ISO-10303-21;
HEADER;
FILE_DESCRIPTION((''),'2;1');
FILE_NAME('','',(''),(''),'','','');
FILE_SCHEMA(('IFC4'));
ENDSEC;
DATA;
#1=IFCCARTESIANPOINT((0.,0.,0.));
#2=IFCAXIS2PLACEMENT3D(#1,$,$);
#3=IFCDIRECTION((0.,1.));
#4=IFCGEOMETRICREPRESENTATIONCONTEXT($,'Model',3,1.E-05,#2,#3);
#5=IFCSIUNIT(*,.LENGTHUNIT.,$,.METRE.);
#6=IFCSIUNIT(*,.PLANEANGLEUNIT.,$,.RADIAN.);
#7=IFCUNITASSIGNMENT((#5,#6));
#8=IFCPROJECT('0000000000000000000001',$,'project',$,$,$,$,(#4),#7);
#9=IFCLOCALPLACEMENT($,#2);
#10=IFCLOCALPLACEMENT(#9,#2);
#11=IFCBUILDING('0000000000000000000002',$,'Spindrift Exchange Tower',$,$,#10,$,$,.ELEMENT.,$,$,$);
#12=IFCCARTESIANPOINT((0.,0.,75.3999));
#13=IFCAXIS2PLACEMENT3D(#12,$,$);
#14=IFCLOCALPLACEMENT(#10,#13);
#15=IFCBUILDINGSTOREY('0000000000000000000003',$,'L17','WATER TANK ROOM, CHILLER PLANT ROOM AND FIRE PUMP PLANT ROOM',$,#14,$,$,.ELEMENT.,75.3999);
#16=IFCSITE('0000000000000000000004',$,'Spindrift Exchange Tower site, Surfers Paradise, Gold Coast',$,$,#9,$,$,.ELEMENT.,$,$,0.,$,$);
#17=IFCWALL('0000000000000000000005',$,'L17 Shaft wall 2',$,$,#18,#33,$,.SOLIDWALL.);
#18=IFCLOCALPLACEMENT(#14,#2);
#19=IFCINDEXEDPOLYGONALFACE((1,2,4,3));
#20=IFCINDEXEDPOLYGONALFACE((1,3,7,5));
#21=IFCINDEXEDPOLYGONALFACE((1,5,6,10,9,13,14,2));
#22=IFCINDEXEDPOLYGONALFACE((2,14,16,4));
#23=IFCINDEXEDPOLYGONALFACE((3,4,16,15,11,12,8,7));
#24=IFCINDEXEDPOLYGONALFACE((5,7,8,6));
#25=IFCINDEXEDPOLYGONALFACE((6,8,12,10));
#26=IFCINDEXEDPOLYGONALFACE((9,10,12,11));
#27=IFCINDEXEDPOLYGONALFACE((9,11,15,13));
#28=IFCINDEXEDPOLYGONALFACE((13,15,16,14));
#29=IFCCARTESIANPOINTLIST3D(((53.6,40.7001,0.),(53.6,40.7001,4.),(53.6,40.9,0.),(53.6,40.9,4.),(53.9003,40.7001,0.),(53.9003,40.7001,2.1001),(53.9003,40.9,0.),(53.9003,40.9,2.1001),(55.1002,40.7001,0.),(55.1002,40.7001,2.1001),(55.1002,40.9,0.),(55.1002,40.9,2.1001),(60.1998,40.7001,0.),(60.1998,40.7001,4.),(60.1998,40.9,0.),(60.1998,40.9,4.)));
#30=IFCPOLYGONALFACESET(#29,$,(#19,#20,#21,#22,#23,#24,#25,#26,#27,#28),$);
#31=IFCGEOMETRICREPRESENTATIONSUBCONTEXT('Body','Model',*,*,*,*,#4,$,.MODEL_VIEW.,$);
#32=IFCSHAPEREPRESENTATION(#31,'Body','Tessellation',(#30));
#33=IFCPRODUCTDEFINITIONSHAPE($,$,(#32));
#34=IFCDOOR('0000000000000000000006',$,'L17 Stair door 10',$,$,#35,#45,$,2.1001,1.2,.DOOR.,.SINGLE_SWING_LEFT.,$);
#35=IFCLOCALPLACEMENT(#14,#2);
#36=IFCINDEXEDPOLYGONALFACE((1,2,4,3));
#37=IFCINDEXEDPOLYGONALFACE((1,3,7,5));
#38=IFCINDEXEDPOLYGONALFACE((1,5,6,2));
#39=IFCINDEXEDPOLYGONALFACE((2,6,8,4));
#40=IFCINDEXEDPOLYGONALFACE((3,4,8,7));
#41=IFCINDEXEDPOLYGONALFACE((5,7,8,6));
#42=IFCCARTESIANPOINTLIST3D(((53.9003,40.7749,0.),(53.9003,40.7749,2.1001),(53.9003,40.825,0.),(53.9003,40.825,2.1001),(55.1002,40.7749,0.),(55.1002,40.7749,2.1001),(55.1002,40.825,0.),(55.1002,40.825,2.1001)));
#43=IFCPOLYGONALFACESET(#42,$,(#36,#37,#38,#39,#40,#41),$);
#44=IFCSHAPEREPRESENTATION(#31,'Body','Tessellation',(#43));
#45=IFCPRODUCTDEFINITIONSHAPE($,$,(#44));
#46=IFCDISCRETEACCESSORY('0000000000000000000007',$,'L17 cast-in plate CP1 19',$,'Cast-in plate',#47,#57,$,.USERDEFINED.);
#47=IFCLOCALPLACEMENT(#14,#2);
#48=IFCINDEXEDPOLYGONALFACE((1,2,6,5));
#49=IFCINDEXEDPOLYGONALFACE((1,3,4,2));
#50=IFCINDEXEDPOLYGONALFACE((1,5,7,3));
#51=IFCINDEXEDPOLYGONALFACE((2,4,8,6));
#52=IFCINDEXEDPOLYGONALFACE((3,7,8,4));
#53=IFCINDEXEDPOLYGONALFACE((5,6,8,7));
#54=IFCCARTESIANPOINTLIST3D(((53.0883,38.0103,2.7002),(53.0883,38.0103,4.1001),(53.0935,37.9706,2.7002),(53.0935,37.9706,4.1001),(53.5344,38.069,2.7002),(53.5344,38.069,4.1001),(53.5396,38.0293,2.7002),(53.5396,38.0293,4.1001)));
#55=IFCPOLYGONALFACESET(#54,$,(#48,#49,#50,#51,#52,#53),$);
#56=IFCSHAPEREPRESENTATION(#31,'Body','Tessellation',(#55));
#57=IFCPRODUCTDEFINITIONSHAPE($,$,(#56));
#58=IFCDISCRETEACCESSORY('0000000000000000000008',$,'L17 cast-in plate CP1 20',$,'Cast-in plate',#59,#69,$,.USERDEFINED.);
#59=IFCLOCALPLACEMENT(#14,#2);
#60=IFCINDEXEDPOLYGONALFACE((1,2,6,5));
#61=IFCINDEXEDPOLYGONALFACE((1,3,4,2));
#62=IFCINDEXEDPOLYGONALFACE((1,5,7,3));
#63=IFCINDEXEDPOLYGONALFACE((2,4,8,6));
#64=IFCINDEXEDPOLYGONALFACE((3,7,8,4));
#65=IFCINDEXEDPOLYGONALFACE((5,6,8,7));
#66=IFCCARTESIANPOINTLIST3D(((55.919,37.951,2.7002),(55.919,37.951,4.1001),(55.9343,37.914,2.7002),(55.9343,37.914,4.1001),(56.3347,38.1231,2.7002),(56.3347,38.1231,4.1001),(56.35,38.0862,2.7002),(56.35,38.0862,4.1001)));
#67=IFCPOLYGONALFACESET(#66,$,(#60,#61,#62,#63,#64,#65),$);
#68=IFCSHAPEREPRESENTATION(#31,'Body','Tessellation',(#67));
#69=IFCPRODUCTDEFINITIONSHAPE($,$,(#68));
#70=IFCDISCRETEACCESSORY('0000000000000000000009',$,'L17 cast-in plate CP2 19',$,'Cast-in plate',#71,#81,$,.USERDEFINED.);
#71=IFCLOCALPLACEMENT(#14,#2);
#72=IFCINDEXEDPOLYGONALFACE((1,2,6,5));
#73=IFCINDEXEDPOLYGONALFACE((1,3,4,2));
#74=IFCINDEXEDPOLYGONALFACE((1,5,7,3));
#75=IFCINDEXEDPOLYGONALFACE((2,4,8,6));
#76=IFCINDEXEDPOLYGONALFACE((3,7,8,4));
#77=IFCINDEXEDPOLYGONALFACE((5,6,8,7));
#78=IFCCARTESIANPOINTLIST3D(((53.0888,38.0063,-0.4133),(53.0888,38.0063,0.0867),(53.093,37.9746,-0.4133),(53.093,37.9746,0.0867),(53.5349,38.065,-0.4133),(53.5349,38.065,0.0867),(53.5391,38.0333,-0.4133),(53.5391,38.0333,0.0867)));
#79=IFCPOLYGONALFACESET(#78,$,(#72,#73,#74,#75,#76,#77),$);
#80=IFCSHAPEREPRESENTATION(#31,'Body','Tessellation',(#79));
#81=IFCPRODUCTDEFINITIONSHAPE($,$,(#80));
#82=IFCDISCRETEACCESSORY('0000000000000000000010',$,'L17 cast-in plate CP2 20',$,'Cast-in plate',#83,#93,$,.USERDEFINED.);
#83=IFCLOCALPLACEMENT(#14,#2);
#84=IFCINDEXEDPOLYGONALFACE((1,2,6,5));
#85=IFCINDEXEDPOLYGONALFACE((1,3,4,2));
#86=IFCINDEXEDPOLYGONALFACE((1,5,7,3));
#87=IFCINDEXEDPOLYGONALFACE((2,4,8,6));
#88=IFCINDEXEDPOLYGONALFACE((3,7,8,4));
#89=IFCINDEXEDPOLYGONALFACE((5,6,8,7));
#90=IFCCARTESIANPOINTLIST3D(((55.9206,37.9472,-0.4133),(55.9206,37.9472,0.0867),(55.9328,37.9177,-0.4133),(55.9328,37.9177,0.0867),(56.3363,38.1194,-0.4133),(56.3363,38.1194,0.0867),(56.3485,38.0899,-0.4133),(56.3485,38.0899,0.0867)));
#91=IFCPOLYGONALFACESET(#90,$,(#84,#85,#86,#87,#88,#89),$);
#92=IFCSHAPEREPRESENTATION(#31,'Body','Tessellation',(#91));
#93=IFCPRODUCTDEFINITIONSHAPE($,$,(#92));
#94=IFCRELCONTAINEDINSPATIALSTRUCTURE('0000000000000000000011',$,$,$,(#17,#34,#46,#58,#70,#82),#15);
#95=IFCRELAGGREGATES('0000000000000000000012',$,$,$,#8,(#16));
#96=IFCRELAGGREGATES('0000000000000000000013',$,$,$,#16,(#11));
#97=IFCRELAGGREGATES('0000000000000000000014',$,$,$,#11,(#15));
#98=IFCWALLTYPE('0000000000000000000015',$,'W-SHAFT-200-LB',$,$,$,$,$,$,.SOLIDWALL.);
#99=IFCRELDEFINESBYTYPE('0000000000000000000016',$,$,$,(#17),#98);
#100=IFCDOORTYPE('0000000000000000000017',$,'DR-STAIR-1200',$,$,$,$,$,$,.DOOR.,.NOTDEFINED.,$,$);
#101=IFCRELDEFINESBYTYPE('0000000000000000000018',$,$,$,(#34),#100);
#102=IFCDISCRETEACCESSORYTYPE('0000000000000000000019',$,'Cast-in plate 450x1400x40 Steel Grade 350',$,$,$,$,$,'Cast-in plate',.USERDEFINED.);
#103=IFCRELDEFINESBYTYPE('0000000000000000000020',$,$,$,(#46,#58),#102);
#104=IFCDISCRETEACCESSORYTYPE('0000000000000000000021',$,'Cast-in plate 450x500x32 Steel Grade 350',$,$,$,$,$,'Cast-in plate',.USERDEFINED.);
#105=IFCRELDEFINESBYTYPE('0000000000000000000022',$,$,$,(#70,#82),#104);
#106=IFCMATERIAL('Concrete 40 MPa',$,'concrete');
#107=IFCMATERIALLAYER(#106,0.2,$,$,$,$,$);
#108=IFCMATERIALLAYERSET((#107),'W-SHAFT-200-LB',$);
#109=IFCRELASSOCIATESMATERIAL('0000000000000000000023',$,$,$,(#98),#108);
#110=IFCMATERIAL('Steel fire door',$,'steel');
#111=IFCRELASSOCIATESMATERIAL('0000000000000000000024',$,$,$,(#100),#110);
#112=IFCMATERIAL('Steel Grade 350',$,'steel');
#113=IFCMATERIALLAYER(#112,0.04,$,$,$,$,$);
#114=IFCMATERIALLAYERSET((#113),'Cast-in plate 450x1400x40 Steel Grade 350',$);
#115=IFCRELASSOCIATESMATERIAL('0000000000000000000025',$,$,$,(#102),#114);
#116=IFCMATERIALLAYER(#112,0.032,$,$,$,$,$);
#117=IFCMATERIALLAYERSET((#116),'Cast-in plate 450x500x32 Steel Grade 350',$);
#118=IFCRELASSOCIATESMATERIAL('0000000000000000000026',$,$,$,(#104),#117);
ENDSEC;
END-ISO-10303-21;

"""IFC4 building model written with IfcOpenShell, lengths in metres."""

from ifc_helpers import new_model, si_unit, direction, frame, frame_2d, origin, origin_2d, place, context, subcontext, project, spatial, rectangle, extrude, source, transform, mapped, material, layer, layer_set, type_object, element, fill, save


model = new_model("IFC4")

# Units and contexts
model_context = context("Model", 3, precision=1e-05, world=origin(), true_north=direction((0.0, 1.0)))
body_context = subcontext(model_context, "Body", "Model", "MODEL_VIEW")
ifc_project = project(units=[si_unit("LENGTHUNIT", "METRE"), si_unit("PLANEANGLEUNIT", "RADIAN")], contexts=[model_context])

# Site, building, storey
site_placement = place(None, origin())
site = spatial("IfcSite", under=ifc_project, at=site_placement, Name="Spindrift Exchange Tower site, Surfers Paradise, Gold Coast", CompositionType="ELEMENT", RefElevation=0.0)
building_placement = place(site_placement, origin())
building = spatial("IfcBuilding", under=site, at=building_placement, Name="Spindrift Exchange Tower", CompositionType="ELEMENT")
storey_placement = place(building_placement, frame((0.0, 0.0, 75.3999)))
storey = spatial("IfcBuildingStorey", under=building, at=storey_placement, Name="L17", Description="WATER TANK ROOM, CHILLER PLANT ROOM AND FIRE PUMP PLANT ROOM", CompositionType="ELEMENT", Elevation=75.3999)

# Shared definitions
ifc_material_1 = material(Name="Steel fire door", Category="steel")

# Wall, opening, door
ifc_material_2 = material(Name="Concrete 40 MPa", Category="concrete")
ifc_layer_1 = layer(ifc_material_2, 0.2)
ifc_layer_set_1 = layer_set([ifc_layer_1], Name="W-SHAFT-200-LB")
wall_type_1 = type_object("IfcWallType", Name="W-SHAFT-200-LB", PredefinedType="SOLIDWALL", material=ifc_layer_set_1)
wall_1_placement = place(storey_placement, frame((53.6001, 40.8, 0.0), z_axis=(0.0, 0.0, 1.0), x_axis=(1.0, 0.0, 0.0)))
wall_1 = element("IfcWall", 1, at=wall_1_placement, inside=storey, type_object=wall_type_1, Name="L17 Shaft wall 2", PredefinedType="SOLIDWALL", context=body_context, shape_type="SweptSolid", body=[
    extrude(rectangle(XDim=6.5999, YDim=0.2, at=frame_2d((3.2998, 0.0))), origin(), (0.0, 0.0, 1.0), 4.0),
])
opening_1_placement = place(wall_1_placement, frame((0.3, 0.0, 0.0)))
opening_1 = element("IfcOpeningElement", 2, at=opening_1_placement, cuts=wall_1, PredefinedType="OPENING", context=body_context, shape_type="SweptSolid", body=[
    extrude(rectangle(XDim=1.2, YDim=2.1001, at=frame_2d((0.6001, 1.05))), frame((0.0, 0.1099, 0.0), z_axis=(0.0, -1.0, 0.0), x_axis=(1.0, 0.0, 0.0)), (0.0, 0.0, 1.0), 0.22),
])
door_type_1 = type_object("IfcDoorType", Name="DR-STAIR-1200", OperationType="NOTDEFINED", PredefinedType="DOOR", material=ifc_material_1)
shared_shape_1 = source(origin(), body_context, "Body", "SweptSolid", [
    extrude(rectangle(XDim=1.2, YDim=2.1001, at=frame_2d((0.6001, 1.05))), frame((0.0, 0.0249, 0.0), z_axis=(0.0, -1.0, 0.0), x_axis=(1.0, 0.0, 0.0)), (0.0, 0.0, 1.0), 0.05),
])
door_1_placement = place(opening_1_placement, origin())
door_1 = element("IfcDoor", 3, at=door_1_placement, inside=storey, type_object=door_type_1, Name="L17 Stair door 10", OperationType="SINGLE_SWING_LEFT", OverallHeight=2.1001, OverallWidth=1.2, PredefinedType="DOOR", context=body_context, shape_type="MappedRepresentation", body=[
    mapped(shared_shape_1, transform((0.0, 0.0, 0.0), scale=1.0)),
])
fill(opening_1, door_1)

# Discrete accessories
ifc_material_3 = material(Name="Steel Grade 350", Category="steel")
ifc_layer_2 = layer(ifc_material_3, 0.04)
ifc_layer_set_2 = layer_set([ifc_layer_2], Name="Cast-in plate 450x1400x40 Steel Grade 350")
discrete_accessory_type_1 = type_object("IfcDiscreteAccessoryType", Name="Cast-in plate 450x1400x40 Steel Grade 350", ElementType="Cast-in plate", PredefinedType="USERDEFINED", material=ifc_layer_set_2)
shared_shape_2 = source(origin(), body_context, "Body", "SweptSolid", [
    extrude(rectangle(XDim=0.04, YDim=0.45, at=origin_2d()), origin(), (0.0, 0.0, 1.0), 1.3999),
])
for number, where, z_axis, x_axis, name in (
    (4, (53.314, 38.0198, 2.7002), (0.0, 0.0, 1.0), (0.130526, -0.991445, 0.0), "L17 cast-in plate CP1 19"),
    (5, (56.1345, 38.0186, 2.7002), (0.0, 0.0, 1.0), (0.382683, -0.92388, 0.0), "L17 cast-in plate CP1 20"),
):
    element("IfcDiscreteAccessory", number, at=place(storey_placement, frame(where, z_axis=z_axis, x_axis=x_axis)), inside=storey, type_object=discrete_accessory_type_1, Name=name, ObjectType="Cast-in plate", PredefinedType="USERDEFINED", context=body_context, shape_type="MappedRepresentation", body=[
        mapped(shared_shape_2, transform((0.0, 0.0, 0.0), scale=1.0)),
    ])
ifc_layer_3 = layer(ifc_material_3, 0.032)
ifc_layer_set_3 = layer_set([ifc_layer_3], Name="Cast-in plate 450x500x32 Steel Grade 350")
discrete_accessory_type_2 = type_object("IfcDiscreteAccessoryType", Name="Cast-in plate 450x500x32 Steel Grade 350", ElementType="Cast-in plate", PredefinedType="USERDEFINED", material=ifc_layer_set_3)
shared_shape_3 = source(origin(), body_context, "Body", "SweptSolid", [
    extrude(rectangle(XDim=0.032, YDim=0.45, at=origin_2d()), origin(), (0.0, 0.0, 1.0), 0.5),
])
for number, where, z_axis, x_axis, name in (
    (6, (53.314, 38.0198, -0.4133), (0.0, 0.0, 1.0), (0.130526, -0.991445, 0.0), "L17 cast-in plate CP2 19"),
    (7, (56.1345, 38.0186, -0.4133), (0.0, 0.0, 1.0), (0.382683, -0.92388, 0.0), "L17 cast-in plate CP2 20"),
):
    element("IfcDiscreteAccessory", number, at=place(storey_placement, frame(where, z_axis=z_axis, x_axis=x_axis)), inside=storey, type_object=discrete_accessory_type_2, Name=name, ObjectType="Cast-in plate", PredefinedType="USERDEFINED", context=body_context, shape_type="MappedRepresentation", body=[
        mapped(shared_shape_3, transform((0.0, 0.0, 0.0), scale=1.0)),
    ])

save(model, "model.ifc")
